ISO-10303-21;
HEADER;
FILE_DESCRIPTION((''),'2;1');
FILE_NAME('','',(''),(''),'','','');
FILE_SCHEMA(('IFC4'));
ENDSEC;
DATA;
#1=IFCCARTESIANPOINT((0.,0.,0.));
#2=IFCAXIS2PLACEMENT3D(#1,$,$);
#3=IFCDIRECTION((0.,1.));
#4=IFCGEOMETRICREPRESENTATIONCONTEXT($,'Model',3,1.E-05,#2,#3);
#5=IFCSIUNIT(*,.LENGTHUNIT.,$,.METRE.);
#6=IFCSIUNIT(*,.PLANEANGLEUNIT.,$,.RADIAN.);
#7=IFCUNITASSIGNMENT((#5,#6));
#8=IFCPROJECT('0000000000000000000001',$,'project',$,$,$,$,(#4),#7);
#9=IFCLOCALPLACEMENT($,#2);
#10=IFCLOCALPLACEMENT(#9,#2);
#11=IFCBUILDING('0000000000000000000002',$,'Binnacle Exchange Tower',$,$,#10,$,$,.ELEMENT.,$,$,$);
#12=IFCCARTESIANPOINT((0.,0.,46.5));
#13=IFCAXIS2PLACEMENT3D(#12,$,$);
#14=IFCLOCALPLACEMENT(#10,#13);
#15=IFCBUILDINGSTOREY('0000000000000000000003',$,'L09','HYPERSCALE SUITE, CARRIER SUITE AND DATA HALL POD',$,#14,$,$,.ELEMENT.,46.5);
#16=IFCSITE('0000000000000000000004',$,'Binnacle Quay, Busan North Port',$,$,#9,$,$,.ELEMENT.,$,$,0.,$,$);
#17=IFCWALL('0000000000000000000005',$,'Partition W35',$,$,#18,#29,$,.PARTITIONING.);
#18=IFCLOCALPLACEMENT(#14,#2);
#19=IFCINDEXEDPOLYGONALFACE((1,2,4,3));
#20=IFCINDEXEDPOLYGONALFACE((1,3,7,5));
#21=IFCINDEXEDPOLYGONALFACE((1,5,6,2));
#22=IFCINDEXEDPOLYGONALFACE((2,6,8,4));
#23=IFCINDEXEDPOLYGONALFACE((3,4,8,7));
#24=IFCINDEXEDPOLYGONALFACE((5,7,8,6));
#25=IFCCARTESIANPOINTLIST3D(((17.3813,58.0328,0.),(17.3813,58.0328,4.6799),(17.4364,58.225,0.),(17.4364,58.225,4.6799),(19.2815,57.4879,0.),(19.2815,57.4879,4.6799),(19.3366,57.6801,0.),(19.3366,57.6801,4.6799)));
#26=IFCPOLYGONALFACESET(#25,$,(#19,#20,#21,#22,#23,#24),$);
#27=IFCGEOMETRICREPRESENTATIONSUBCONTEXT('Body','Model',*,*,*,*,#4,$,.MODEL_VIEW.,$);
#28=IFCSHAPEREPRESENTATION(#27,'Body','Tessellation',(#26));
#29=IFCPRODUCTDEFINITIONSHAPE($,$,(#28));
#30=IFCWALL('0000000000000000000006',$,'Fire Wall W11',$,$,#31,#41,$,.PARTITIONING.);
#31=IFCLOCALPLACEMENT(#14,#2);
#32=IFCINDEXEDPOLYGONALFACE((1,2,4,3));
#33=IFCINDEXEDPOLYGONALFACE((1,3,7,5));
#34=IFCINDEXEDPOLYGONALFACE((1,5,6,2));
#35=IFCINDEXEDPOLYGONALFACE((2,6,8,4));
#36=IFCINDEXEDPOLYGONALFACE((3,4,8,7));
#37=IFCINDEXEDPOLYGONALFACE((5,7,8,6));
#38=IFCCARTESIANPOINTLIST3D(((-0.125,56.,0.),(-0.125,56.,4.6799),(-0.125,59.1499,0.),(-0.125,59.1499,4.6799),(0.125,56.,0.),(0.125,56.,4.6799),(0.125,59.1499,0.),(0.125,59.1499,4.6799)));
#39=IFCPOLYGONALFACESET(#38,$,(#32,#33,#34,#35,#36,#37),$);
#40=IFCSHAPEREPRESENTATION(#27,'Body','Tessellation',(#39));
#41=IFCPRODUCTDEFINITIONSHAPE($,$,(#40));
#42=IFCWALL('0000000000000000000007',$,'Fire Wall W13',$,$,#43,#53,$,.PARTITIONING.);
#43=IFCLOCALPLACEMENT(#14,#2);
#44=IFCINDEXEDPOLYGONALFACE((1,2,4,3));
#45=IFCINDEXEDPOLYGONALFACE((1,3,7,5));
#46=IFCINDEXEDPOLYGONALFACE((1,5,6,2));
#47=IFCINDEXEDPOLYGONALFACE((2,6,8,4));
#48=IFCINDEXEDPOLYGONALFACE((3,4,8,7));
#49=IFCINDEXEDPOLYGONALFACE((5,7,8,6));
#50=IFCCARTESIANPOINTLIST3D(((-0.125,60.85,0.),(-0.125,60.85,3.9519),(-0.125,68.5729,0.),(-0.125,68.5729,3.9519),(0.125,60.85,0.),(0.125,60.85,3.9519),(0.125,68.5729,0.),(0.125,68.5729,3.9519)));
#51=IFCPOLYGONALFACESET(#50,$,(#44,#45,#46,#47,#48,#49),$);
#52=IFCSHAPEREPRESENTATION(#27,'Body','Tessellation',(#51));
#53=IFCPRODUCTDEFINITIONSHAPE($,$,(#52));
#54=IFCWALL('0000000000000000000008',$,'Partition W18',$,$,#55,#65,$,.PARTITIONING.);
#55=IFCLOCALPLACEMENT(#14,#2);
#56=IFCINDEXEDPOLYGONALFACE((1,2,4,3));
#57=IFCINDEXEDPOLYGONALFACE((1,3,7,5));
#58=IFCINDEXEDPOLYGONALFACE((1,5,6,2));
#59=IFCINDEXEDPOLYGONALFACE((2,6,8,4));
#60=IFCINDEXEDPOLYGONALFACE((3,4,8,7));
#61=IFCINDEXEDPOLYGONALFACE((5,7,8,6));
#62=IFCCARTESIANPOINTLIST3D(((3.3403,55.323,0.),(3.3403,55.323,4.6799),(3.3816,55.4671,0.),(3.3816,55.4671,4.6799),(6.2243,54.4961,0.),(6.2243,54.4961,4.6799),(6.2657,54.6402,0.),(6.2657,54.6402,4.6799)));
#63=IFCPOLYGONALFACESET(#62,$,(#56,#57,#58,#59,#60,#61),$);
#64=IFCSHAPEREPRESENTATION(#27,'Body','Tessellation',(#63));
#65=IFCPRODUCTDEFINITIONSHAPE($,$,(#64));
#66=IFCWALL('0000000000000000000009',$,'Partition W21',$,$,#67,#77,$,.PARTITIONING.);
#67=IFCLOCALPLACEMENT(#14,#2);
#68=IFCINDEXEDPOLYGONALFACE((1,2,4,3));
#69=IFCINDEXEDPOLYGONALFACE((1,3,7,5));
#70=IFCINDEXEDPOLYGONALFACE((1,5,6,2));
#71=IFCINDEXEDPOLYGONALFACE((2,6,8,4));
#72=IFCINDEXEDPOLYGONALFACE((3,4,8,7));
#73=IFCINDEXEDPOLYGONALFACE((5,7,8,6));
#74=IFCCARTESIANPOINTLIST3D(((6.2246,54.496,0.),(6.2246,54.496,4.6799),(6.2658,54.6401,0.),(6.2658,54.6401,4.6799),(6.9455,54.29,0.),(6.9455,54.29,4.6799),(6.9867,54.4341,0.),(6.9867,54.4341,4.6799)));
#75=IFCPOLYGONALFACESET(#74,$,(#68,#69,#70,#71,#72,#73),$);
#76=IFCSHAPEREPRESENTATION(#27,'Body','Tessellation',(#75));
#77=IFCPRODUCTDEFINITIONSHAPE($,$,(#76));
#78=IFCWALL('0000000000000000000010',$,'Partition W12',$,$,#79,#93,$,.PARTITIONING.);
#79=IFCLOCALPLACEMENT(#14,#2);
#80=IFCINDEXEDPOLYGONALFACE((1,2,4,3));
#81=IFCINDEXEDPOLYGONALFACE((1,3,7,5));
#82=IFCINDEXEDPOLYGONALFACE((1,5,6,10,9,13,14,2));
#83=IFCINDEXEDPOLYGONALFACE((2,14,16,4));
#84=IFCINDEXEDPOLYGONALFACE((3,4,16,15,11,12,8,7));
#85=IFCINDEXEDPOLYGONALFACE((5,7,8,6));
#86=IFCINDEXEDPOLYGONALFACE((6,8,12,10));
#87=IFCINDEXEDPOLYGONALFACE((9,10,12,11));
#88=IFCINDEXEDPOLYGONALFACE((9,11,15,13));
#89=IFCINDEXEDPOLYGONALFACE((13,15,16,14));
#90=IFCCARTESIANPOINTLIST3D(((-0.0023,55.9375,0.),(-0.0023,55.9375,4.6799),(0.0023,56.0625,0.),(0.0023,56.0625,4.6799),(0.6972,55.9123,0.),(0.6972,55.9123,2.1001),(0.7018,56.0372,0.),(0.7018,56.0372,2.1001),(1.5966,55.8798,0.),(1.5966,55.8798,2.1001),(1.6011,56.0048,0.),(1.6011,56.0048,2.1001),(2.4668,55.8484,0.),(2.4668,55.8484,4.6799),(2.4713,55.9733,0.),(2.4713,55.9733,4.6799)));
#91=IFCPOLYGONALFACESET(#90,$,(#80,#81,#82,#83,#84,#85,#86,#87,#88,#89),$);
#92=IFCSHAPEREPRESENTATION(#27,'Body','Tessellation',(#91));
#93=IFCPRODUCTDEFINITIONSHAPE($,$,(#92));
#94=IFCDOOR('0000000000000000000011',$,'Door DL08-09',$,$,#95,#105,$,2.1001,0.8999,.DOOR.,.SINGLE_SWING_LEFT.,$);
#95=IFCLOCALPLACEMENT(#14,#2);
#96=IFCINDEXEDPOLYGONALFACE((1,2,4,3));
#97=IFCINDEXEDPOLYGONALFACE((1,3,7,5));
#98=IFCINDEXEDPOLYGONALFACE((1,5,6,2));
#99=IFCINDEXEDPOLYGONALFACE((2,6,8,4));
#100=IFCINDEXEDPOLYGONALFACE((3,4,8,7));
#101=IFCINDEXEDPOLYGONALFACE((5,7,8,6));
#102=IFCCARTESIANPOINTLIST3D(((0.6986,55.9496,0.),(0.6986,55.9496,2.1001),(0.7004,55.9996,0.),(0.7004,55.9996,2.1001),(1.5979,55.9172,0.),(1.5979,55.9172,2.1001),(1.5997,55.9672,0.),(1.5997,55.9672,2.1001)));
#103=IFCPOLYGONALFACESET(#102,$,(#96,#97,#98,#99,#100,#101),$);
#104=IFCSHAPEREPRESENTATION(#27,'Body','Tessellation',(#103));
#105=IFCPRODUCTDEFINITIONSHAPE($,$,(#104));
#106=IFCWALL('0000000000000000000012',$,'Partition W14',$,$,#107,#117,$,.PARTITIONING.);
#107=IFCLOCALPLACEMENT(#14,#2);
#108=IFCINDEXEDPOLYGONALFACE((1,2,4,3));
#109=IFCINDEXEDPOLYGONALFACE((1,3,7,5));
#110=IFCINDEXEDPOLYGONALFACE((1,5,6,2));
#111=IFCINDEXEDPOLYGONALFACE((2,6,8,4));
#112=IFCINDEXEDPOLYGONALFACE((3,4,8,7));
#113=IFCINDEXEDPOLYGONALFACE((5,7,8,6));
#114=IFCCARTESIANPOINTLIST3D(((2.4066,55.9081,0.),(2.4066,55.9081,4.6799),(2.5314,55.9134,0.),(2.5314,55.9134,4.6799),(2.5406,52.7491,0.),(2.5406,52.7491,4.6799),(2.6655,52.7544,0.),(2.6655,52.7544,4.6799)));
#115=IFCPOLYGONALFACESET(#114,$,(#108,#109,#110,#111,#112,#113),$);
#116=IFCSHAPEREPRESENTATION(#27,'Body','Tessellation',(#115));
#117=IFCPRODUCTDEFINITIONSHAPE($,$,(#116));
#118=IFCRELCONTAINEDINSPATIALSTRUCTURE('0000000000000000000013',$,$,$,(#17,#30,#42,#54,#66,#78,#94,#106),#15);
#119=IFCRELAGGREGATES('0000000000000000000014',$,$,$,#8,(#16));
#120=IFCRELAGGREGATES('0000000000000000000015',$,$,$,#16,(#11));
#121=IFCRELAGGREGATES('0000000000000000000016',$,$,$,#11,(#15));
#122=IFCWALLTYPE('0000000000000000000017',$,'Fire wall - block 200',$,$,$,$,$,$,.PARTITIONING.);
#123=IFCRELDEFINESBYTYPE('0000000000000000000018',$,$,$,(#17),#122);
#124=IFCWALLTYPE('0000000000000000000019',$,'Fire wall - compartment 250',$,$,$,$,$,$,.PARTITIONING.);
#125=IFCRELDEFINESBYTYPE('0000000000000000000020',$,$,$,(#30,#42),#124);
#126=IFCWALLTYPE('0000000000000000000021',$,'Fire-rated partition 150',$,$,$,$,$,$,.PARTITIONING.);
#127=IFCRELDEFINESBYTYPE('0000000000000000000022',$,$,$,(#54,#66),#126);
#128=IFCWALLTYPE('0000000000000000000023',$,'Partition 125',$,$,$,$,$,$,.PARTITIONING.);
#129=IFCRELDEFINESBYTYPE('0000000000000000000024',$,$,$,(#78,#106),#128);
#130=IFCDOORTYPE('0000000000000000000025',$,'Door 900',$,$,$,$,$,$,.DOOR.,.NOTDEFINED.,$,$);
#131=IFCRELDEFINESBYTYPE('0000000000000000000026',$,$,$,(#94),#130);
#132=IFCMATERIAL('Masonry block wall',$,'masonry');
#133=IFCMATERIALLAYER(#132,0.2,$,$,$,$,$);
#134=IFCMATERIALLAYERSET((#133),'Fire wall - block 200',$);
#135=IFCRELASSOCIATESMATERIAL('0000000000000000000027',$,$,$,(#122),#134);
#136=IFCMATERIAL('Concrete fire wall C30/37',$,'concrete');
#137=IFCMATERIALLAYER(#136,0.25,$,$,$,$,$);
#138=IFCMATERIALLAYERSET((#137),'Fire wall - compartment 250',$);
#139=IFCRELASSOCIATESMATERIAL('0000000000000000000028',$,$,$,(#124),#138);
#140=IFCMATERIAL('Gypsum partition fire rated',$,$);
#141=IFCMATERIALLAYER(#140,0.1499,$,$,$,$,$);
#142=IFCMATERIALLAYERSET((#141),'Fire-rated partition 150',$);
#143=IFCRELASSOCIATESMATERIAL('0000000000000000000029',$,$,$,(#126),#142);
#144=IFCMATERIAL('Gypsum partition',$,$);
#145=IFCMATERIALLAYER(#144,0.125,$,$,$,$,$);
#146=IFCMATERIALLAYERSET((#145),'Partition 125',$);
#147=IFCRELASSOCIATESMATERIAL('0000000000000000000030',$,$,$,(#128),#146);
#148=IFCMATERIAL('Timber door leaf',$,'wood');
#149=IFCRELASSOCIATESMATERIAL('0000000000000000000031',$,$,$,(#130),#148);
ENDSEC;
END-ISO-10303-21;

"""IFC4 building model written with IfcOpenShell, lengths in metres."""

from ifc_helpers import new_model, si_unit, direction, frame, frame_2d, origin, place, context, subcontext, project, spatial, rectangle, extrude, material, layer, layer_set, type_object, element, fill, save


model = new_model("IFC4")

# Units and contexts
model_context = context("Model", 3, precision=1e-05, world=origin(), true_north=direction((0.0, 1.0)))
body_context = subcontext(model_context, "Body", "Model", "MODEL_VIEW")
ifc_project = project(units=[si_unit("LENGTHUNIT", "METRE"), si_unit("PLANEANGLEUNIT", "RADIAN")], contexts=[model_context])

# Site, building, storey
site_placement = place(None, origin())
site = spatial("IfcSite", under=ifc_project, at=site_placement, Name="Binnacle Quay, Busan North Port", CompositionType="ELEMENT", RefElevation=0.0)
building_placement = place(site_placement, origin())
building = spatial("IfcBuilding", under=site, at=building_placement, Name="Binnacle Exchange Tower", CompositionType="ELEMENT")
storey_placement = place(building_placement, frame((0.0, 0.0, 46.5)))
storey = spatial("IfcBuildingStorey", under=building, at=storey_placement, Name="L09", Description="HYPERSCALE SUITE, CARRIER SUITE AND DATA HALL POD", CompositionType="ELEMENT", Elevation=46.5)

# Walls
ifc_material_1 = material(Name="Masonry block wall", Category="masonry")
ifc_layer_1 = layer(ifc_material_1, 0.2)
ifc_layer_set_1 = layer_set([ifc_layer_1], Name="Fire wall - block 200")
wall_type_1 = type_object("IfcWallType", Name="Fire wall - block 200", PredefinedType="PARTITIONING", material=ifc_layer_set_1)
wall_1_placement = place(storey_placement, frame((17.4089, 58.1289, 0.0), z_axis=(0.0, 0.0, 1.0), x_axis=(0.961253, -0.275667, 0.0)))
element("IfcWall", 1, at=wall_1_placement, inside=storey, type_object=wall_type_1, Name="Partition W35", PredefinedType="PARTITIONING", context=body_context, shape_type="SweptSolid", body=[
    extrude(rectangle(XDim=1.9768, YDim=0.2, at=frame_2d((0.9883, 0.0))), origin(), (0.0, 0.0, 1.0), 4.6799),
])
ifc_material_2 = material(Name="Concrete fire wall C30/37", Category="concrete")
ifc_layer_2 = layer(ifc_material_2, 0.25)
ifc_layer_set_2 = layer_set([ifc_layer_2], Name="Fire wall - compartment 250")
wall_type_2 = type_object("IfcWallType", Name="Fire wall - compartment 250", PredefinedType="PARTITIONING", material=ifc_layer_set_2)
wall_2_placement = place(storey_placement, frame((0.0, 56.0, 0.0), z_axis=(0.0, 0.0, 1.0), x_axis=(0.0, 1.0, 0.0)))
element("IfcWall", 2, at=wall_2_placement, inside=storey, type_object=wall_type_2, Name="Fire Wall W11", PredefinedType="PARTITIONING", context=body_context, shape_type="SweptSolid", body=[
    extrude(rectangle(XDim=3.1499, YDim=0.25, at=frame_2d((1.575, 0.0))), origin(), (0.0, 0.0, 1.0), 4.6799),
])
wall_3_placement = place(storey_placement, frame((0.0, 60.8501, 0.0), z_axis=(0.0, 0.0, 1.0), x_axis=(0.0, 1.0, 0.0)))
element("IfcWall", 3, at=wall_3_placement, inside=storey, type_object=wall_type_2, Name="Fire Wall W13", PredefinedType="PARTITIONING", context=body_context, shape_type="SweptSolid", body=[
    extrude(rectangle(XDim=7.7229, YDim=0.25, at=frame_2d((3.8613, 0.0))), origin(), (0.0, 0.0, 1.0), 3.9519),
])
ifc_material_3 = material(Name="Gypsum partition fire rated")
ifc_layer_3 = layer(ifc_material_3, 0.1499)
ifc_layer_set_3 = layer_set([ifc_layer_3], Name="Fire-rated partition 150")
wall_type_3 = type_object("IfcWallType", Name="Fire-rated partition 150", PredefinedType="PARTITIONING", material=ifc_layer_set_3)
wall_4_placement = place(storey_placement, frame((3.3611, 55.395, 0.0), z_axis=(0.0, 0.0, 1.0), x_axis=(0.961269, -0.275613, 0.0)))
element("IfcWall", 4, at=wall_4_placement, inside=storey, type_object=wall_type_3, Name="Partition W18", PredefinedType="PARTITIONING", context=body_context, shape_type="SweptSolid", body=[
    extrude(rectangle(XDim=3.0002, YDim=0.1499, at=frame_2d((1.5, 0.0))), origin(), (0.0, 0.0, 1.0), 4.6799),
])
wall_5_placement = place(storey_placement, frame((6.2451, 54.5681, 0.0), z_axis=(0.0, 0.0, 1.0), x_axis=(0.961499, -0.274807, 0.0)))
element("IfcWall", 5, at=wall_5_placement, inside=storey, type_object=wall_type_3, Name="Partition W21", PredefinedType="PARTITIONING", context=body_context, shape_type="SweptSolid", body=[
    extrude(rectangle(XDim=0.7498, YDim=0.1499, at=frame_2d((0.375, 0.0))), origin(), (0.0, 0.0, 1.0), 4.6799),
])

# Wall, opening, door
ifc_material_4 = material(Name="Gypsum partition")
ifc_layer_4 = layer(ifc_material_4, 0.125)
ifc_layer_set_4 = layer_set([ifc_layer_4], Name="Partition 125")
wall_type_4 = type_object("IfcWallType", Name="Partition 125", PredefinedType="PARTITIONING", material=ifc_layer_set_4)
wall_6_placement = place(storey_placement, frame((0.0, 56.0, 0.0), z_axis=(0.0, 0.0, 1.0), x_axis=(0.999349, -0.036069, 0.0)))
wall_6 = element("IfcWall", 6, at=wall_6_placement, inside=storey, type_object=wall_type_4, Name="Partition W12", PredefinedType="PARTITIONING", context=body_context, shape_type="SweptSolid", body=[
    extrude(rectangle(XDim=2.4707, YDim=0.125, at=frame_2d((1.2354, 0.0))), origin(), (0.0, 0.0, 1.0), 4.6799),
])
opening_1_placement = place(wall_6_placement, frame((0.7, 0.0, 0.0)))
opening_1 = element("IfcOpeningElement", 7, at=opening_1_placement, cuts=wall_6, PredefinedType="OPENING", context=body_context, shape_type="SweptSolid", body=[
    extrude(rectangle(XDim=0.8999, YDim=2.1001, at=frame_2d((0.45, 1.05))), frame((0.0, 0.0725, 0.0), z_axis=(0.0, -1.0, 0.0), x_axis=(1.0, 0.0, 0.0)), (0.0, 0.0, 1.0), 0.145),
])
ifc_material_5 = material(Name="Timber door leaf", Category="wood")
door_type = type_object("IfcDoorType", Name="Door 900", OperationType="NOTDEFINED", PredefinedType="DOOR", material=ifc_material_5)
door_placement = place(opening_1_placement, origin())
door = element("IfcDoor", 8, at=door_placement, inside=storey, type_object=door_type, Name="Door DL08-09", OperationType="SINGLE_SWING_LEFT", OverallHeight=2.1001, OverallWidth=0.8999, PredefinedType="DOOR", context=body_context, shape_type="SweptSolid", body=[
    extrude(rectangle(XDim=0.8999, YDim=2.1001, at=frame_2d((0.45, 1.05))), frame((0.0, 0.0249, 0.0), z_axis=(0.0, -1.0, 0.0), x_axis=(1.0, 0.0, 0.0)), (0.0, 0.0, 1.0), 0.05),
])
fill(opening_1, door)

# Wall
wall_7_placement = place(storey_placement, frame((2.469, 55.9109, 0.0), z_axis=(0.0, 0.0, 1.0), x_axis=(0.042392, -0.999101, 0.0)))
element("IfcWall", 9, at=wall_7_placement, inside=storey, type_object=wall_type_4, Name="Partition W14", PredefinedType="PARTITIONING", context=body_context, shape_type="SweptSolid", body=[
    extrude(rectangle(XDim=3.1619, YDim=0.125, at=frame_2d((1.5811, 0.0))), origin(), (0.0, 0.0, 1.0), 4.6799),
])

save(model, "model.ifc")
